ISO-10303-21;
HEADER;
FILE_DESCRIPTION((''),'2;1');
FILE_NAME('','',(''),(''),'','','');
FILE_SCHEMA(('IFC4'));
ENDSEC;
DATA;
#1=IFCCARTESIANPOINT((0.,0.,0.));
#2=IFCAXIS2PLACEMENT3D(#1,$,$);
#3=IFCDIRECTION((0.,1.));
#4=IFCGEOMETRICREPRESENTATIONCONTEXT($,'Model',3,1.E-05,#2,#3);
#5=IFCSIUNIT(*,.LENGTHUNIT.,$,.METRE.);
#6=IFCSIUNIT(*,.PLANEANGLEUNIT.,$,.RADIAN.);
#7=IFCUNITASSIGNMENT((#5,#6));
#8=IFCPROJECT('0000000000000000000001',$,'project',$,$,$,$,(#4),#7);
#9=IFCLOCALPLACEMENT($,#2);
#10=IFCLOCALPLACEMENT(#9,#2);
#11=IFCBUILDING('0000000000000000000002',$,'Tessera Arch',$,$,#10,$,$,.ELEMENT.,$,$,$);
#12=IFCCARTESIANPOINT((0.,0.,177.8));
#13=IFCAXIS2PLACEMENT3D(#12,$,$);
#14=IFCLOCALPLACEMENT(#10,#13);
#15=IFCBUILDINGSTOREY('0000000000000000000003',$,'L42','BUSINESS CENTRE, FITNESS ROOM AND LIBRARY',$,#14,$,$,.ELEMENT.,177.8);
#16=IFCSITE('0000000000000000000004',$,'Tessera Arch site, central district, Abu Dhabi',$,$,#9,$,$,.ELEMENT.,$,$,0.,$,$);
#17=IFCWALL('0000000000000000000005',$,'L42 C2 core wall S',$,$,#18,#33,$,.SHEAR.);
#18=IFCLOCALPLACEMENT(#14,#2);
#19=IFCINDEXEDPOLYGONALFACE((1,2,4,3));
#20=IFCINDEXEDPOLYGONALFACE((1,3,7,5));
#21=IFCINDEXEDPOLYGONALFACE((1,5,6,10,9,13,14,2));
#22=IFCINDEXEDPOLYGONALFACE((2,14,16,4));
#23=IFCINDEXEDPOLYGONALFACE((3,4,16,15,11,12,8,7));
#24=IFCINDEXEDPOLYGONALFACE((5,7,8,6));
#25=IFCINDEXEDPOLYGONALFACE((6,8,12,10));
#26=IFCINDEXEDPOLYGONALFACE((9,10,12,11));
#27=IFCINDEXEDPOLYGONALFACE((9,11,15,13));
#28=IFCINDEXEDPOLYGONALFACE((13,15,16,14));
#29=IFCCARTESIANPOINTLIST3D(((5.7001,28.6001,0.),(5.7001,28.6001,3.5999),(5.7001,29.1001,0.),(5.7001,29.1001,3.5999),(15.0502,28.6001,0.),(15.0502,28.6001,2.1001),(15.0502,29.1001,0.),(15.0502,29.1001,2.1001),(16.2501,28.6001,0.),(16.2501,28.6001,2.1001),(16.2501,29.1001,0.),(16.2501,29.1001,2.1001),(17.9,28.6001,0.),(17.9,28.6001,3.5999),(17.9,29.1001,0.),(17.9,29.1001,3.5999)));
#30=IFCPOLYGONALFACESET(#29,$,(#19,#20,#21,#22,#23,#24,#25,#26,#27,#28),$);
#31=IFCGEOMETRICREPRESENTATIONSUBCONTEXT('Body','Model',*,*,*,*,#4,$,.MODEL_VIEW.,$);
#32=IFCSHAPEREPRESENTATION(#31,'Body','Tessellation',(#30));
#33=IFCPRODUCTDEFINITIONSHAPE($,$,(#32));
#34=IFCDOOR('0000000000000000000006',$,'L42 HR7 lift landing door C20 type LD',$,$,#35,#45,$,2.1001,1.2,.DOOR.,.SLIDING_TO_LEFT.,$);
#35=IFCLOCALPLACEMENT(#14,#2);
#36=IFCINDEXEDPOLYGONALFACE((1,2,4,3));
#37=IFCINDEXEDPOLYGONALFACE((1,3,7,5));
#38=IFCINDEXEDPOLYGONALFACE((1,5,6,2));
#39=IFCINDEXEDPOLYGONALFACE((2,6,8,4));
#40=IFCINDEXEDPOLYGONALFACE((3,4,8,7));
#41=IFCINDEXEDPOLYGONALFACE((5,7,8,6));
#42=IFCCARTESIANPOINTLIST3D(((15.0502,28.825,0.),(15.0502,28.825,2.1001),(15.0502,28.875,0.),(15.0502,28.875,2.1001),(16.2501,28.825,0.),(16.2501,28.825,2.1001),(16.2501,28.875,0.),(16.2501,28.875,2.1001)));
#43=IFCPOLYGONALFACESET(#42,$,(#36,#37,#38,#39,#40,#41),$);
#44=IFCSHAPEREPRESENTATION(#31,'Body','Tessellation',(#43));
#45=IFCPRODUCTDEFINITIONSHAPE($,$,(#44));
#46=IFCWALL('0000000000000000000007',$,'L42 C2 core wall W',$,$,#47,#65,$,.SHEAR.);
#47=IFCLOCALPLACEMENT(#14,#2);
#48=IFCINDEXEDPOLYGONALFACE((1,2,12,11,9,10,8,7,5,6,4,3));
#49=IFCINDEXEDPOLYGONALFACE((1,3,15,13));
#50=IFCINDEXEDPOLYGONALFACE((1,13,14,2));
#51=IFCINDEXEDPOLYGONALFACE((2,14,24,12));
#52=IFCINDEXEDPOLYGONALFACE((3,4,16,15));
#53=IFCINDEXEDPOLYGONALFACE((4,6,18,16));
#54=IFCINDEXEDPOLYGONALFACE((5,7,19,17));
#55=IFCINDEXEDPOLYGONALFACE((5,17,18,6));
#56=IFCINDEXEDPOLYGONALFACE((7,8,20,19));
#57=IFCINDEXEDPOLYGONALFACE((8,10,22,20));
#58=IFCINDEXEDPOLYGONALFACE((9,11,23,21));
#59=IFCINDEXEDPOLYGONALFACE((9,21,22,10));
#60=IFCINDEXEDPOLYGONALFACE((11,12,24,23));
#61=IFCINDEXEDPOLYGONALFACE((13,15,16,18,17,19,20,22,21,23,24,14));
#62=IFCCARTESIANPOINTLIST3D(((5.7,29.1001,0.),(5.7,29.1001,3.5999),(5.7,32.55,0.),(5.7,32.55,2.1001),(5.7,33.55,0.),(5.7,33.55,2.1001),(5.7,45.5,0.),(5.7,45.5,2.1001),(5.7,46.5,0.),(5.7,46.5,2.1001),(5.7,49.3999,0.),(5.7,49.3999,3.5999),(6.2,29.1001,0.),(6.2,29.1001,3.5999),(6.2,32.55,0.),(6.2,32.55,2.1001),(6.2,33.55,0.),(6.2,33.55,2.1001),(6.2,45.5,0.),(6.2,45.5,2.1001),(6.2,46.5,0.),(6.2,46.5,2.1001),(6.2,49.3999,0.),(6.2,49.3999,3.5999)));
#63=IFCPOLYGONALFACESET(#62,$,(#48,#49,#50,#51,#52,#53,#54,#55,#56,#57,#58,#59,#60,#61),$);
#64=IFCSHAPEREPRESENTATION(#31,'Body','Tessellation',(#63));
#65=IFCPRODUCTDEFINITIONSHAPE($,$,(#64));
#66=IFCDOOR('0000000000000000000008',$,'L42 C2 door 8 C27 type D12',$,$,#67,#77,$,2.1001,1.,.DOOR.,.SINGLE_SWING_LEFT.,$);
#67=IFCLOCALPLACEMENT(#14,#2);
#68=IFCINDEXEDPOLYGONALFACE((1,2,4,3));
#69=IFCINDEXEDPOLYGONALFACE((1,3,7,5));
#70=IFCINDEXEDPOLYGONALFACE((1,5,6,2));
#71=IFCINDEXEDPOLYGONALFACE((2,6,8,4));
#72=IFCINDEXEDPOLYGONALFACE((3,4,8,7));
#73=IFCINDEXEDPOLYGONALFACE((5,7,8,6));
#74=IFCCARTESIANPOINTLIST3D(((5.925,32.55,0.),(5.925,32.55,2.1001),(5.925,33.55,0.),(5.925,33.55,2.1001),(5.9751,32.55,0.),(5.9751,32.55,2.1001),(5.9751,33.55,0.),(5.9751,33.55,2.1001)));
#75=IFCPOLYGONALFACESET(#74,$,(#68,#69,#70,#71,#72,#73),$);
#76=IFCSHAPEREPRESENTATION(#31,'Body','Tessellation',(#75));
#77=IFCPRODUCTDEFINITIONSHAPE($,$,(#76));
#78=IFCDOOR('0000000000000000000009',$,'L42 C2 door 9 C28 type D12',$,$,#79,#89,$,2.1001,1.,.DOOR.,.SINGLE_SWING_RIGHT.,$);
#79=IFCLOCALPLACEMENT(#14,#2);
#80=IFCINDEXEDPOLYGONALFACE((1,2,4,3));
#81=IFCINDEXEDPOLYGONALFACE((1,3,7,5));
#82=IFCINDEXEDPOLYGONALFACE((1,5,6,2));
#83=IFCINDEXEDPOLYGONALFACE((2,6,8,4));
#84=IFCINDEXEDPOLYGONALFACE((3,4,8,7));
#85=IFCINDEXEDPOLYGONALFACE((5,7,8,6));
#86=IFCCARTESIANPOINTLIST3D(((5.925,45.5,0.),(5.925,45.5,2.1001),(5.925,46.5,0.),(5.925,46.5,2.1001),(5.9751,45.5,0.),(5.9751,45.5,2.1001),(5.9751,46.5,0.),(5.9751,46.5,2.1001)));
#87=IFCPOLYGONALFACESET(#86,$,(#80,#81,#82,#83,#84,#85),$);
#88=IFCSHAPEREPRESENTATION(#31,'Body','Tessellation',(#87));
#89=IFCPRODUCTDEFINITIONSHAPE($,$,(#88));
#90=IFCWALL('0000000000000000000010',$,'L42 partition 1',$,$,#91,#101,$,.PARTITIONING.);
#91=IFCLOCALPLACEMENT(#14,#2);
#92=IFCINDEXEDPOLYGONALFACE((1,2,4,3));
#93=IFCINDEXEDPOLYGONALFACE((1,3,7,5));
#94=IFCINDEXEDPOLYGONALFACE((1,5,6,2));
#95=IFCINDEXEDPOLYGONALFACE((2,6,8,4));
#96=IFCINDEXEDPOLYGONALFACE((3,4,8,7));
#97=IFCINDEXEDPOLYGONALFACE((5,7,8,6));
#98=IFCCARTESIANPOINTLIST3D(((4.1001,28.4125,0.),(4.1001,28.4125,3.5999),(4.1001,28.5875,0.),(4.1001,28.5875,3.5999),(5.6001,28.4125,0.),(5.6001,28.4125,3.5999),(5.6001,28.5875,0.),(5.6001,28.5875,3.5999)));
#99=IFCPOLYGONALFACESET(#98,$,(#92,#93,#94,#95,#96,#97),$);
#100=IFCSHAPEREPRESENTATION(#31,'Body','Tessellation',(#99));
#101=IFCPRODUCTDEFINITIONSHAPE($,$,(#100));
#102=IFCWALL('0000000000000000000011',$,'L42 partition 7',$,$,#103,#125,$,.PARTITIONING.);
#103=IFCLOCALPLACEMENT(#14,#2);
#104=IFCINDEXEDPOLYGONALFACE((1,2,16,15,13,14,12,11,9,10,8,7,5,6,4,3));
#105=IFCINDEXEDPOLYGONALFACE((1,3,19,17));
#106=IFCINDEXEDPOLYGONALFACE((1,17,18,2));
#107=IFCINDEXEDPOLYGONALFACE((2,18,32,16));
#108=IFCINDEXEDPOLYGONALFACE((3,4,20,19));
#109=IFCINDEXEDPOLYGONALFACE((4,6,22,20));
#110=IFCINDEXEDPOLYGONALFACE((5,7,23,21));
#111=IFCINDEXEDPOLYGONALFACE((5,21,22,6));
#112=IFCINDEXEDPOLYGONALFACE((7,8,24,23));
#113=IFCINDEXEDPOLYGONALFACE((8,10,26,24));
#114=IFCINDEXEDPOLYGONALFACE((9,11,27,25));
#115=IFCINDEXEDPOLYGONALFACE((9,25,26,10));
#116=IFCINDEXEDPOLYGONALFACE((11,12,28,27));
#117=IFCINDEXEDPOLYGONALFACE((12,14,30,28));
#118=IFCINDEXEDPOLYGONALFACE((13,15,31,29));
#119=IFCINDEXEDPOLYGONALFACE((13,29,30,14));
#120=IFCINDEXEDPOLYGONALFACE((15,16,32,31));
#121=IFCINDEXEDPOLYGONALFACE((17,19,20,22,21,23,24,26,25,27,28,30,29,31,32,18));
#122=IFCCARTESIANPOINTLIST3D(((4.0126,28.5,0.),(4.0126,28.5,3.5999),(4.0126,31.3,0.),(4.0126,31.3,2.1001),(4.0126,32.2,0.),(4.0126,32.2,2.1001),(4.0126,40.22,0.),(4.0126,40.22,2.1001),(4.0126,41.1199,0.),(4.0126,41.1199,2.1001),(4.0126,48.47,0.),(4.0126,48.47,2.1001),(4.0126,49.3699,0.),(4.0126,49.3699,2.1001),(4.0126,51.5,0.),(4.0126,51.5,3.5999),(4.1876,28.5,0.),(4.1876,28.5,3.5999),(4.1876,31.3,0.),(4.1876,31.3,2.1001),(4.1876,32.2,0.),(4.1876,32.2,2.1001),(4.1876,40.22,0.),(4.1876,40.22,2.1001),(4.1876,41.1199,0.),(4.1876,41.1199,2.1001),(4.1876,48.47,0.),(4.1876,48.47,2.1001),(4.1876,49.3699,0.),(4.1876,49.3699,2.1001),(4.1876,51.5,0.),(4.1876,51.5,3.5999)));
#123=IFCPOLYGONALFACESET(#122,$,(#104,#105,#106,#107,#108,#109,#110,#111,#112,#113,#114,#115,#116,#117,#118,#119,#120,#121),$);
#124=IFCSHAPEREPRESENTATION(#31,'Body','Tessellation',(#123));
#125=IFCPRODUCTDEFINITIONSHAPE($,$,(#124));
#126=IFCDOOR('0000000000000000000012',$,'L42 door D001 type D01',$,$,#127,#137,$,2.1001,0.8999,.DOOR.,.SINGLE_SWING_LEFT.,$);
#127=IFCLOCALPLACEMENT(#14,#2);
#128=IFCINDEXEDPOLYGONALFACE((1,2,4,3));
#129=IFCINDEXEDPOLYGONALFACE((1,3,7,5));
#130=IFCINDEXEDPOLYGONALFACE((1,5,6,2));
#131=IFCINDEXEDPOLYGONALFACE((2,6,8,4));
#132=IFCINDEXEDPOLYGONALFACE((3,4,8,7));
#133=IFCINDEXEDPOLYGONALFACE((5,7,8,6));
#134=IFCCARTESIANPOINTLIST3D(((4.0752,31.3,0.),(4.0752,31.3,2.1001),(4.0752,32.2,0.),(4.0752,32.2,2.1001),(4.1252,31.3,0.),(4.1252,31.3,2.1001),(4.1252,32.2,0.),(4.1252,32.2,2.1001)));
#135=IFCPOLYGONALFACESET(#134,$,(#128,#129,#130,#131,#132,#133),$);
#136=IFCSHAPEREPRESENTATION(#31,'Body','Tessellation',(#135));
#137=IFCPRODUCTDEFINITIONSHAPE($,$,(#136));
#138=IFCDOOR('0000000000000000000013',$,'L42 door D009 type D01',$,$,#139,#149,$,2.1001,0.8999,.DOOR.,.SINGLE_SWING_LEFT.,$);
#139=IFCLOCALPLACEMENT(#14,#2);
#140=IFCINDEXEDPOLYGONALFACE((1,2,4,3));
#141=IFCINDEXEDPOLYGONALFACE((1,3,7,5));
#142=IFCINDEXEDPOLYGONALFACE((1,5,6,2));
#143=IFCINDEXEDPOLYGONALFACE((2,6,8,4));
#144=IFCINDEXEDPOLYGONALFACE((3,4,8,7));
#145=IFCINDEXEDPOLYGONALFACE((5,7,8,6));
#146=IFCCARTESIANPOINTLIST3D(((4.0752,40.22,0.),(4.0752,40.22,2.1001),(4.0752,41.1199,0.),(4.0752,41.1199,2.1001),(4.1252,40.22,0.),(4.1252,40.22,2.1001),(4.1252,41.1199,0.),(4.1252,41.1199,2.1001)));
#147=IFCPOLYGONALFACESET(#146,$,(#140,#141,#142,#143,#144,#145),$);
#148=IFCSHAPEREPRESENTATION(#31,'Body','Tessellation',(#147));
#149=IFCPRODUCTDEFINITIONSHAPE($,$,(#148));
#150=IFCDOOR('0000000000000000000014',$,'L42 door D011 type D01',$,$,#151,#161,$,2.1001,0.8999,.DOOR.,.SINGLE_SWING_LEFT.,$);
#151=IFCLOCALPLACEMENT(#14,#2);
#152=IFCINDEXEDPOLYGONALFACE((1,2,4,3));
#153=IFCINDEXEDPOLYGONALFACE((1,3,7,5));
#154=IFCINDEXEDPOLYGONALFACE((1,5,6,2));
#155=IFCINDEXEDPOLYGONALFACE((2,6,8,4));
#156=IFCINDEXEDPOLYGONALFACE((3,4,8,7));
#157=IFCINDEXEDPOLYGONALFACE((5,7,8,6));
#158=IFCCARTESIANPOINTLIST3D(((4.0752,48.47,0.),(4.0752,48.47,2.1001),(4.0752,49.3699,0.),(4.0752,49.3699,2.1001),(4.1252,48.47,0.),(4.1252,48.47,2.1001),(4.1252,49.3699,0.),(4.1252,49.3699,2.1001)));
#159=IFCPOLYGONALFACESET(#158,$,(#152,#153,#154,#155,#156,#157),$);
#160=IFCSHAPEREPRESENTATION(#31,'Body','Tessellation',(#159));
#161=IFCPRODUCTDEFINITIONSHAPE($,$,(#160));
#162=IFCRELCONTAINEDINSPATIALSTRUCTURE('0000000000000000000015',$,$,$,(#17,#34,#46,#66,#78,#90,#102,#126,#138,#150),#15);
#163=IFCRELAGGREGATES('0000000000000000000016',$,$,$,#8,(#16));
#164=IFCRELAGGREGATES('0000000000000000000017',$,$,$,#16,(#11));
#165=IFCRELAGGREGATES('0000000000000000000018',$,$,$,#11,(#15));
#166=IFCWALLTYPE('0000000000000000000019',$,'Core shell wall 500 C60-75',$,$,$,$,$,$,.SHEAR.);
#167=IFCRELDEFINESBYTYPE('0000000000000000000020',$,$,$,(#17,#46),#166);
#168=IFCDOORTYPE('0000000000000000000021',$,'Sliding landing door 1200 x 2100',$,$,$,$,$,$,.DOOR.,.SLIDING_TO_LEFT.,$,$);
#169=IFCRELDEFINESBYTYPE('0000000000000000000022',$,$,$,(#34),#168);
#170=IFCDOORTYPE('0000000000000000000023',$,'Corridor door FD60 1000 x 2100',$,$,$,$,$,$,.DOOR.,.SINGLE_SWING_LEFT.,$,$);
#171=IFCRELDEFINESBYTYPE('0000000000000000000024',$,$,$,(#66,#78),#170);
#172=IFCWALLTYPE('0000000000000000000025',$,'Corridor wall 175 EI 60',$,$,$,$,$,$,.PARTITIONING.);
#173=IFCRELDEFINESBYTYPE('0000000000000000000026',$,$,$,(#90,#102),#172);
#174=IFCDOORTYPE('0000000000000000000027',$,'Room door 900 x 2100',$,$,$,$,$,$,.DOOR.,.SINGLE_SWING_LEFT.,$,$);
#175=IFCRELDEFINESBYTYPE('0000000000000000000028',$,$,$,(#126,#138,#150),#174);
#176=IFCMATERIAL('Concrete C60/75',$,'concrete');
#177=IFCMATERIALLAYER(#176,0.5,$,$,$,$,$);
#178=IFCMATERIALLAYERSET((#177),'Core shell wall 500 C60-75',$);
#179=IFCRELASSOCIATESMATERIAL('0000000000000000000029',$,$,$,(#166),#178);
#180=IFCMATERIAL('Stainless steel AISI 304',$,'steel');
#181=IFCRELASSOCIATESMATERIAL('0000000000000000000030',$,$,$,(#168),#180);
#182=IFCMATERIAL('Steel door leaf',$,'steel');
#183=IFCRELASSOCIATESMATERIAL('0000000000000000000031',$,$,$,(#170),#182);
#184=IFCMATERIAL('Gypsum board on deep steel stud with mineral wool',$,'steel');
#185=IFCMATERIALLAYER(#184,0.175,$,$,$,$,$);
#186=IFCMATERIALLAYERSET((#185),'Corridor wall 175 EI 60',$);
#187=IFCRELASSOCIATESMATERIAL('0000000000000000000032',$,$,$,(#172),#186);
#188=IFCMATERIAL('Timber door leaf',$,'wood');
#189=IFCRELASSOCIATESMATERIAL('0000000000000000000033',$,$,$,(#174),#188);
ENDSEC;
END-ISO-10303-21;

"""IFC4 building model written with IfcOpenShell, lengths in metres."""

from ifc_helpers import new_model, si_unit, direction, frame, frame_2d, origin, place, context, subcontext, project, spatial, rectangle, extrude, material, layer, layer_set, type_object, element, fill, save


model = new_model("IFC4")

# Units and contexts
model_context = context("Model", 3, precision=1e-05, world=origin(), true_north=direction((0.0, 1.0)))
body_context = subcontext(model_context, "Body", "Model", "MODEL_VIEW")
ifc_project = project(units=[si_unit("LENGTHUNIT", "METRE"), si_unit("PLANEANGLEUNIT", "RADIAN")], contexts=[model_context])

# Site, building, storey
site_placement = place(None, origin())
site = spatial("IfcSite", under=ifc_project, at=site_placement, Name="Tessera Arch site, central district, Abu Dhabi", CompositionType="ELEMENT", RefElevation=0.0)
building_placement = place(site_placement, origin())
building = spatial("IfcBuilding", under=site, at=building_placement, Name="Tessera Arch", CompositionType="ELEMENT")
storey_placement = place(building_placement, frame((0.0, 0.0, 177.8)))
storey = spatial("IfcBuildingStorey", under=building, at=storey_placement, Name="L42", Description="BUSINESS CENTRE, FITNESS ROOM AND LIBRARY", CompositionType="ELEMENT", Elevation=177.8)

# Wall, opening, door
ifc_material_1 = material(Name="Concrete C60/75", Category="concrete")
ifc_layer_1 = layer(ifc_material_1, 0.5)
ifc_layer_set_1 = layer_set([ifc_layer_1], Name="Core shell wall 500 C60-75")
wall_type_1 = type_object("IfcWallType", Name="Core shell wall 500 C60-75", PredefinedType="SHEAR", material=ifc_layer_set_1)
wall_1_placement = place(storey_placement, frame((5.7, 28.8501, 0.0), z_axis=(0.0, 0.0, 1.0), x_axis=(1.0, 0.0, 0.0)))
wall_1 = element("IfcWall", 1, at=wall_1_placement, inside=storey, type_object=wall_type_1, Name="L42 C2 core wall S", PredefinedType="SHEAR", context=body_context, shape_type="SweptSolid", body=[
    extrude(rectangle(XDim=12.2, YDim=0.5, at=frame_2d((6.1001, 0.0))), origin(), (0.0, 0.0, 1.0), 3.5999),
])
opening_1_placement = place(wall_1_placement, frame((9.3501, 0.0, 0.0)))
opening_1 = element("IfcOpeningElement", 2, at=opening_1_placement, cuts=wall_1, PredefinedType="OPENING", context=body_context, shape_type="SweptSolid", body=[
    extrude(rectangle(XDim=1.2, YDim=2.1001, at=frame_2d((0.6001, 1.05))), frame((0.0, 0.26, 0.0), z_axis=(0.0, -1.0, 0.0), x_axis=(1.0, 0.0, 0.0)), (0.0, 0.0, 1.0), 0.52),
])
ifc_material_2 = material(Name="Stainless steel AISI 304", Category="steel")
door_type_1 = type_object("IfcDoorType", Name="Sliding landing door 1200 x 2100", OperationType="SLIDING_TO_LEFT", PredefinedType="DOOR", material=ifc_material_2)
door_1_placement = place(opening_1_placement, origin())
door_1 = element("IfcDoor", 3, at=door_1_placement, inside=storey, type_object=door_type_1, Name="L42 HR7 lift landing door C20 type LD", OperationType="SLIDING_TO_LEFT", OverallHeight=2.1001, OverallWidth=1.2, PredefinedType="DOOR", context=body_context, shape_type="SweptSolid", body=[
    extrude(rectangle(XDim=1.2, YDim=2.1001, at=frame_2d((0.6001, 1.05))), frame((0.0, 0.0249, 0.0), z_axis=(0.0, -1.0, 0.0), x_axis=(1.0, 0.0, 0.0)), (0.0, 0.0, 1.0), 0.05),
])
fill(opening_1, door_1)

# Wall, openings, doors
wall_2_placement = place(storey_placement, frame((5.95, 29.1001, 0.0), z_axis=(0.0, 0.0, 1.0), x_axis=(0.0, 1.0, 0.0)))
wall_2 = element("IfcWall", 4, at=wall_2_placement, inside=storey, type_object=wall_type_1, Name="L42 C2 core wall W", PredefinedType="SHEAR", context=body_context, shape_type="SweptSolid", body=[
    extrude(rectangle(XDim=20.2998, YDim=0.5, at=frame_2d((10.1499, 0.0))), origin(), (0.0, 0.0, 1.0), 3.5999),
])
opening_2_placement = place(wall_2_placement, frame((3.45, 0.0, 0.0)))
opening_2 = element("IfcOpeningElement", 5, at=opening_2_placement, cuts=wall_2, PredefinedType="OPENING", context=body_context, shape_type="SweptSolid", body=[
    extrude(rectangle(XDim=1.0, YDim=2.1001, at=frame_2d((0.5, 1.05))), frame((0.0, 0.26, 0.0), z_axis=(0.0, -1.0, 0.0), x_axis=(1.0, 0.0, 0.0)), (0.0, 0.0, 1.0), 0.52),
])
opening_3_placement = place(wall_2_placement, frame((16.3999, 0.0, 0.0)))
opening_3 = element("IfcOpeningElement", 6, at=opening_3_placement, cuts=wall_2, PredefinedType="OPENING", context=body_context, shape_type="SweptSolid", body=[
    extrude(rectangle(XDim=1.0, YDim=2.1001, at=frame_2d((0.5, 1.05))), frame((0.0, 0.26, 0.0), z_axis=(0.0, -1.0, 0.0), x_axis=(1.0, 0.0, 0.0)), (0.0, 0.0, 1.0), 0.52),
])
ifc_material_3 = material(Name="Steel door leaf", Category="steel")
door_type_2 = type_object("IfcDoorType", Name="Corridor door FD60 1000 x 2100", OperationType="SINGLE_SWING_LEFT", PredefinedType="DOOR", material=ifc_material_3)
door_2_placement = place(opening_2_placement, origin())
door_2 = element("IfcDoor", 7, at=door_2_placement, inside=storey, type_object=door_type_2, Name="L42 C2 door 8 C27 type D12", OperationType="SINGLE_SWING_LEFT", OverallHeight=2.1001, OverallWidth=1.0, PredefinedType="DOOR", context=body_context, shape_type="SweptSolid", body=[
    extrude(rectangle(XDim=1.0, YDim=2.1001, at=frame_2d((0.5, 1.05))), frame((0.0, 0.0249, 0.0), z_axis=(0.0, -1.0, 0.0), x_axis=(1.0, 0.0, 0.0)), (0.0, 0.0, 1.0), 0.05),
])
fill(opening_2, door_2)
door_3_placement = place(opening_3_placement, origin())
door_3 = element("IfcDoor", 8, at=door_3_placement, inside=storey, type_object=door_type_2, Name="L42 C2 door 9 C28 type D12", OperationType="SINGLE_SWING_RIGHT", OverallHeight=2.1001, OverallWidth=1.0, PredefinedType="DOOR", context=body_context, shape_type="SweptSolid", body=[
    extrude(rectangle(XDim=1.0, YDim=2.1001, at=frame_2d((0.5, 1.05))), frame((0.0, 0.0249, 0.0), z_axis=(0.0, -1.0, 0.0), x_axis=(1.0, 0.0, 0.0)), (0.0, 0.0, 1.0), 0.05),
])
fill(opening_3, door_3)

# Wall
ifc_material_4 = material(Name="Gypsum board on deep steel stud with mineral wool", Category="steel")
ifc_layer_2 = layer(ifc_material_4, 0.175)
ifc_layer_set_2 = layer_set([ifc_layer_2], Name="Corridor wall 175 EI 60")
wall_type_2 = type_object("IfcWallType", Name="Corridor wall 175 EI 60", PredefinedType="PARTITIONING", material=ifc_layer_set_2)
wall_3_placement = place(storey_placement, frame((4.1001, 28.5, 0.0), z_axis=(0.0, 0.0, 1.0), x_axis=(1.0, 0.0, 0.0)))
element("IfcWall", 9, at=wall_3_placement, inside=storey, type_object=wall_type_2, Name="L42 partition 1", PredefinedType="PARTITIONING", context=body_context, shape_type="SweptSolid", body=[
    extrude(rectangle(XDim=1.5, YDim=0.175, at=frame_2d((0.75, 0.0))), origin(), (0.0, 0.0, 1.0), 3.5999),
])

# Wall, openings, doors
wall_4_placement = place(storey_placement, frame((4.1001, 28.5, 0.0), z_axis=(0.0, 0.0, 1.0), x_axis=(0.0, 1.0, 0.0)))
wall_4 = element("IfcWall", 10, at=wall_4_placement, inside=storey, type_object=wall_type_2, Name="L42 partition 7", PredefinedType="PARTITIONING", context=body_context, shape_type="SweptSolid", body=[
    extrude(rectangle(XDim=23.0, YDim=0.175, at=frame_2d((11.5, 0.0))), origin(), (0.0, 0.0, 1.0), 3.5999),
])
opening_4_placement = place(wall_4_placement, frame((2.8, 0.0, 0.0)))
opening_4 = element("IfcOpeningElement", 11, at=opening_4_placement, cuts=wall_4, PredefinedType="OPENING", context=body_context, shape_type="SweptSolid", body=[
    extrude(rectangle(XDim=0.8999, YDim=2.1001, at=frame_2d((0.45, 1.05))), frame((0.0, 0.0974, 0.0), z_axis=(0.0, -1.0, 0.0), x_axis=(1.0, 0.0, 0.0)), (0.0, 0.0, 1.0), 0.1951),
])
opening_5_placement = place(wall_4_placement, frame((11.72, 0.0, 0.0)))
opening_5 = element("IfcOpeningElement", 12, at=opening_5_placement, cuts=wall_4, PredefinedType="OPENING", context=body_context, shape_type="SweptSolid", body=[
    extrude(rectangle(XDim=0.8999, YDim=2.1001, at=frame_2d((0.45, 1.05))), frame((0.0, 0.0974, 0.0), z_axis=(0.0, -1.0, 0.0), x_axis=(1.0, 0.0, 0.0)), (0.0, 0.0, 1.0), 0.1951),
])
opening_6_placement = place(wall_4_placement, frame((19.97, 0.0, 0.0)))
opening_6 = element("IfcOpeningElement", 13, at=opening_6_placement, cuts=wall_4, PredefinedType="OPENING", context=body_context, shape_type="SweptSolid", body=[
    extrude(rectangle(XDim=0.8999, YDim=2.1001, at=frame_2d((0.45, 1.05))), frame((0.0, 0.0974, 0.0), z_axis=(0.0, -1.0, 0.0), x_axis=(1.0, 0.0, 0.0)), (0.0, 0.0, 1.0), 0.1951),
])
ifc_material_5 = material(Name="Timber door leaf", Category="wood")
door_type_3 = type_object("IfcDoorType", Name="Room door 900 x 2100", OperationType="SINGLE_SWING_LEFT", PredefinedType="DOOR", material=ifc_material_5)
door_4_placement = place(opening_4_placement, origin())
door_4 = element("IfcDoor", 14, at=door_4_placement, inside=storey, type_object=door_type_3, Name="L42 door D001 type D01", OperationType="SINGLE_SWING_LEFT", OverallHeight=2.1001, OverallWidth=0.8999, PredefinedType="DOOR", context=body_context, shape_type="SweptSolid", body=[
    extrude(rectangle(XDim=0.8999, YDim=2.1001, at=frame_2d((0.45, 1.05))), frame((0.0, 0.0249, 0.0), z_axis=(0.0, -1.0, 0.0), x_axis=(1.0, 0.0, 0.0)), (0.0, 0.0, 1.0), 0.05),
])
fill(opening_4, door_4)
door_5_placement = place(opening_5_placement, origin())
door_5 = element("IfcDoor", 15, at=door_5_placement, inside=storey, type_object=door_type_3, Name="L42 door D009 type D01", OperationType="SINGLE_SWING_LEFT", OverallHeight=2.1001, OverallWidth=0.8999, PredefinedType="DOOR", context=body_context, shape_type="SweptSolid", body=[
    extrude(rectangle(XDim=0.8999, YDim=2.1001, at=frame_2d((0.45, 1.05))), frame((0.0, 0.0249, 0.0), z_axis=(0.0, -1.0, 0.0), x_axis=(1.0, 0.0, 0.0)), (0.0, 0.0, 1.0), 0.05),
])
fill(opening_5, door_5)
door_6_placement = place(opening_6_placement, origin())
door_6 = element("IfcDoor", 16, at=door_6_placement, inside=storey, type_object=door_type_3, Name="L42 door D011 type D01", OperationType="SINGLE_SWING_LEFT", OverallHeight=2.1001, OverallWidth=0.8999, PredefinedType="DOOR", context=body_context, shape_type="SweptSolid", body=[
    extrude(rectangle(XDim=0.8999, YDim=2.1001, at=frame_2d((0.45, 1.05))), frame((0.0, 0.0249, 0.0), z_axis=(0.0, -1.0, 0.0), x_axis=(1.0, 0.0, 0.0)), (0.0, 0.0, 1.0), 0.05),
])
fill(opening_6, door_6)

save(model, "model.ifc")
